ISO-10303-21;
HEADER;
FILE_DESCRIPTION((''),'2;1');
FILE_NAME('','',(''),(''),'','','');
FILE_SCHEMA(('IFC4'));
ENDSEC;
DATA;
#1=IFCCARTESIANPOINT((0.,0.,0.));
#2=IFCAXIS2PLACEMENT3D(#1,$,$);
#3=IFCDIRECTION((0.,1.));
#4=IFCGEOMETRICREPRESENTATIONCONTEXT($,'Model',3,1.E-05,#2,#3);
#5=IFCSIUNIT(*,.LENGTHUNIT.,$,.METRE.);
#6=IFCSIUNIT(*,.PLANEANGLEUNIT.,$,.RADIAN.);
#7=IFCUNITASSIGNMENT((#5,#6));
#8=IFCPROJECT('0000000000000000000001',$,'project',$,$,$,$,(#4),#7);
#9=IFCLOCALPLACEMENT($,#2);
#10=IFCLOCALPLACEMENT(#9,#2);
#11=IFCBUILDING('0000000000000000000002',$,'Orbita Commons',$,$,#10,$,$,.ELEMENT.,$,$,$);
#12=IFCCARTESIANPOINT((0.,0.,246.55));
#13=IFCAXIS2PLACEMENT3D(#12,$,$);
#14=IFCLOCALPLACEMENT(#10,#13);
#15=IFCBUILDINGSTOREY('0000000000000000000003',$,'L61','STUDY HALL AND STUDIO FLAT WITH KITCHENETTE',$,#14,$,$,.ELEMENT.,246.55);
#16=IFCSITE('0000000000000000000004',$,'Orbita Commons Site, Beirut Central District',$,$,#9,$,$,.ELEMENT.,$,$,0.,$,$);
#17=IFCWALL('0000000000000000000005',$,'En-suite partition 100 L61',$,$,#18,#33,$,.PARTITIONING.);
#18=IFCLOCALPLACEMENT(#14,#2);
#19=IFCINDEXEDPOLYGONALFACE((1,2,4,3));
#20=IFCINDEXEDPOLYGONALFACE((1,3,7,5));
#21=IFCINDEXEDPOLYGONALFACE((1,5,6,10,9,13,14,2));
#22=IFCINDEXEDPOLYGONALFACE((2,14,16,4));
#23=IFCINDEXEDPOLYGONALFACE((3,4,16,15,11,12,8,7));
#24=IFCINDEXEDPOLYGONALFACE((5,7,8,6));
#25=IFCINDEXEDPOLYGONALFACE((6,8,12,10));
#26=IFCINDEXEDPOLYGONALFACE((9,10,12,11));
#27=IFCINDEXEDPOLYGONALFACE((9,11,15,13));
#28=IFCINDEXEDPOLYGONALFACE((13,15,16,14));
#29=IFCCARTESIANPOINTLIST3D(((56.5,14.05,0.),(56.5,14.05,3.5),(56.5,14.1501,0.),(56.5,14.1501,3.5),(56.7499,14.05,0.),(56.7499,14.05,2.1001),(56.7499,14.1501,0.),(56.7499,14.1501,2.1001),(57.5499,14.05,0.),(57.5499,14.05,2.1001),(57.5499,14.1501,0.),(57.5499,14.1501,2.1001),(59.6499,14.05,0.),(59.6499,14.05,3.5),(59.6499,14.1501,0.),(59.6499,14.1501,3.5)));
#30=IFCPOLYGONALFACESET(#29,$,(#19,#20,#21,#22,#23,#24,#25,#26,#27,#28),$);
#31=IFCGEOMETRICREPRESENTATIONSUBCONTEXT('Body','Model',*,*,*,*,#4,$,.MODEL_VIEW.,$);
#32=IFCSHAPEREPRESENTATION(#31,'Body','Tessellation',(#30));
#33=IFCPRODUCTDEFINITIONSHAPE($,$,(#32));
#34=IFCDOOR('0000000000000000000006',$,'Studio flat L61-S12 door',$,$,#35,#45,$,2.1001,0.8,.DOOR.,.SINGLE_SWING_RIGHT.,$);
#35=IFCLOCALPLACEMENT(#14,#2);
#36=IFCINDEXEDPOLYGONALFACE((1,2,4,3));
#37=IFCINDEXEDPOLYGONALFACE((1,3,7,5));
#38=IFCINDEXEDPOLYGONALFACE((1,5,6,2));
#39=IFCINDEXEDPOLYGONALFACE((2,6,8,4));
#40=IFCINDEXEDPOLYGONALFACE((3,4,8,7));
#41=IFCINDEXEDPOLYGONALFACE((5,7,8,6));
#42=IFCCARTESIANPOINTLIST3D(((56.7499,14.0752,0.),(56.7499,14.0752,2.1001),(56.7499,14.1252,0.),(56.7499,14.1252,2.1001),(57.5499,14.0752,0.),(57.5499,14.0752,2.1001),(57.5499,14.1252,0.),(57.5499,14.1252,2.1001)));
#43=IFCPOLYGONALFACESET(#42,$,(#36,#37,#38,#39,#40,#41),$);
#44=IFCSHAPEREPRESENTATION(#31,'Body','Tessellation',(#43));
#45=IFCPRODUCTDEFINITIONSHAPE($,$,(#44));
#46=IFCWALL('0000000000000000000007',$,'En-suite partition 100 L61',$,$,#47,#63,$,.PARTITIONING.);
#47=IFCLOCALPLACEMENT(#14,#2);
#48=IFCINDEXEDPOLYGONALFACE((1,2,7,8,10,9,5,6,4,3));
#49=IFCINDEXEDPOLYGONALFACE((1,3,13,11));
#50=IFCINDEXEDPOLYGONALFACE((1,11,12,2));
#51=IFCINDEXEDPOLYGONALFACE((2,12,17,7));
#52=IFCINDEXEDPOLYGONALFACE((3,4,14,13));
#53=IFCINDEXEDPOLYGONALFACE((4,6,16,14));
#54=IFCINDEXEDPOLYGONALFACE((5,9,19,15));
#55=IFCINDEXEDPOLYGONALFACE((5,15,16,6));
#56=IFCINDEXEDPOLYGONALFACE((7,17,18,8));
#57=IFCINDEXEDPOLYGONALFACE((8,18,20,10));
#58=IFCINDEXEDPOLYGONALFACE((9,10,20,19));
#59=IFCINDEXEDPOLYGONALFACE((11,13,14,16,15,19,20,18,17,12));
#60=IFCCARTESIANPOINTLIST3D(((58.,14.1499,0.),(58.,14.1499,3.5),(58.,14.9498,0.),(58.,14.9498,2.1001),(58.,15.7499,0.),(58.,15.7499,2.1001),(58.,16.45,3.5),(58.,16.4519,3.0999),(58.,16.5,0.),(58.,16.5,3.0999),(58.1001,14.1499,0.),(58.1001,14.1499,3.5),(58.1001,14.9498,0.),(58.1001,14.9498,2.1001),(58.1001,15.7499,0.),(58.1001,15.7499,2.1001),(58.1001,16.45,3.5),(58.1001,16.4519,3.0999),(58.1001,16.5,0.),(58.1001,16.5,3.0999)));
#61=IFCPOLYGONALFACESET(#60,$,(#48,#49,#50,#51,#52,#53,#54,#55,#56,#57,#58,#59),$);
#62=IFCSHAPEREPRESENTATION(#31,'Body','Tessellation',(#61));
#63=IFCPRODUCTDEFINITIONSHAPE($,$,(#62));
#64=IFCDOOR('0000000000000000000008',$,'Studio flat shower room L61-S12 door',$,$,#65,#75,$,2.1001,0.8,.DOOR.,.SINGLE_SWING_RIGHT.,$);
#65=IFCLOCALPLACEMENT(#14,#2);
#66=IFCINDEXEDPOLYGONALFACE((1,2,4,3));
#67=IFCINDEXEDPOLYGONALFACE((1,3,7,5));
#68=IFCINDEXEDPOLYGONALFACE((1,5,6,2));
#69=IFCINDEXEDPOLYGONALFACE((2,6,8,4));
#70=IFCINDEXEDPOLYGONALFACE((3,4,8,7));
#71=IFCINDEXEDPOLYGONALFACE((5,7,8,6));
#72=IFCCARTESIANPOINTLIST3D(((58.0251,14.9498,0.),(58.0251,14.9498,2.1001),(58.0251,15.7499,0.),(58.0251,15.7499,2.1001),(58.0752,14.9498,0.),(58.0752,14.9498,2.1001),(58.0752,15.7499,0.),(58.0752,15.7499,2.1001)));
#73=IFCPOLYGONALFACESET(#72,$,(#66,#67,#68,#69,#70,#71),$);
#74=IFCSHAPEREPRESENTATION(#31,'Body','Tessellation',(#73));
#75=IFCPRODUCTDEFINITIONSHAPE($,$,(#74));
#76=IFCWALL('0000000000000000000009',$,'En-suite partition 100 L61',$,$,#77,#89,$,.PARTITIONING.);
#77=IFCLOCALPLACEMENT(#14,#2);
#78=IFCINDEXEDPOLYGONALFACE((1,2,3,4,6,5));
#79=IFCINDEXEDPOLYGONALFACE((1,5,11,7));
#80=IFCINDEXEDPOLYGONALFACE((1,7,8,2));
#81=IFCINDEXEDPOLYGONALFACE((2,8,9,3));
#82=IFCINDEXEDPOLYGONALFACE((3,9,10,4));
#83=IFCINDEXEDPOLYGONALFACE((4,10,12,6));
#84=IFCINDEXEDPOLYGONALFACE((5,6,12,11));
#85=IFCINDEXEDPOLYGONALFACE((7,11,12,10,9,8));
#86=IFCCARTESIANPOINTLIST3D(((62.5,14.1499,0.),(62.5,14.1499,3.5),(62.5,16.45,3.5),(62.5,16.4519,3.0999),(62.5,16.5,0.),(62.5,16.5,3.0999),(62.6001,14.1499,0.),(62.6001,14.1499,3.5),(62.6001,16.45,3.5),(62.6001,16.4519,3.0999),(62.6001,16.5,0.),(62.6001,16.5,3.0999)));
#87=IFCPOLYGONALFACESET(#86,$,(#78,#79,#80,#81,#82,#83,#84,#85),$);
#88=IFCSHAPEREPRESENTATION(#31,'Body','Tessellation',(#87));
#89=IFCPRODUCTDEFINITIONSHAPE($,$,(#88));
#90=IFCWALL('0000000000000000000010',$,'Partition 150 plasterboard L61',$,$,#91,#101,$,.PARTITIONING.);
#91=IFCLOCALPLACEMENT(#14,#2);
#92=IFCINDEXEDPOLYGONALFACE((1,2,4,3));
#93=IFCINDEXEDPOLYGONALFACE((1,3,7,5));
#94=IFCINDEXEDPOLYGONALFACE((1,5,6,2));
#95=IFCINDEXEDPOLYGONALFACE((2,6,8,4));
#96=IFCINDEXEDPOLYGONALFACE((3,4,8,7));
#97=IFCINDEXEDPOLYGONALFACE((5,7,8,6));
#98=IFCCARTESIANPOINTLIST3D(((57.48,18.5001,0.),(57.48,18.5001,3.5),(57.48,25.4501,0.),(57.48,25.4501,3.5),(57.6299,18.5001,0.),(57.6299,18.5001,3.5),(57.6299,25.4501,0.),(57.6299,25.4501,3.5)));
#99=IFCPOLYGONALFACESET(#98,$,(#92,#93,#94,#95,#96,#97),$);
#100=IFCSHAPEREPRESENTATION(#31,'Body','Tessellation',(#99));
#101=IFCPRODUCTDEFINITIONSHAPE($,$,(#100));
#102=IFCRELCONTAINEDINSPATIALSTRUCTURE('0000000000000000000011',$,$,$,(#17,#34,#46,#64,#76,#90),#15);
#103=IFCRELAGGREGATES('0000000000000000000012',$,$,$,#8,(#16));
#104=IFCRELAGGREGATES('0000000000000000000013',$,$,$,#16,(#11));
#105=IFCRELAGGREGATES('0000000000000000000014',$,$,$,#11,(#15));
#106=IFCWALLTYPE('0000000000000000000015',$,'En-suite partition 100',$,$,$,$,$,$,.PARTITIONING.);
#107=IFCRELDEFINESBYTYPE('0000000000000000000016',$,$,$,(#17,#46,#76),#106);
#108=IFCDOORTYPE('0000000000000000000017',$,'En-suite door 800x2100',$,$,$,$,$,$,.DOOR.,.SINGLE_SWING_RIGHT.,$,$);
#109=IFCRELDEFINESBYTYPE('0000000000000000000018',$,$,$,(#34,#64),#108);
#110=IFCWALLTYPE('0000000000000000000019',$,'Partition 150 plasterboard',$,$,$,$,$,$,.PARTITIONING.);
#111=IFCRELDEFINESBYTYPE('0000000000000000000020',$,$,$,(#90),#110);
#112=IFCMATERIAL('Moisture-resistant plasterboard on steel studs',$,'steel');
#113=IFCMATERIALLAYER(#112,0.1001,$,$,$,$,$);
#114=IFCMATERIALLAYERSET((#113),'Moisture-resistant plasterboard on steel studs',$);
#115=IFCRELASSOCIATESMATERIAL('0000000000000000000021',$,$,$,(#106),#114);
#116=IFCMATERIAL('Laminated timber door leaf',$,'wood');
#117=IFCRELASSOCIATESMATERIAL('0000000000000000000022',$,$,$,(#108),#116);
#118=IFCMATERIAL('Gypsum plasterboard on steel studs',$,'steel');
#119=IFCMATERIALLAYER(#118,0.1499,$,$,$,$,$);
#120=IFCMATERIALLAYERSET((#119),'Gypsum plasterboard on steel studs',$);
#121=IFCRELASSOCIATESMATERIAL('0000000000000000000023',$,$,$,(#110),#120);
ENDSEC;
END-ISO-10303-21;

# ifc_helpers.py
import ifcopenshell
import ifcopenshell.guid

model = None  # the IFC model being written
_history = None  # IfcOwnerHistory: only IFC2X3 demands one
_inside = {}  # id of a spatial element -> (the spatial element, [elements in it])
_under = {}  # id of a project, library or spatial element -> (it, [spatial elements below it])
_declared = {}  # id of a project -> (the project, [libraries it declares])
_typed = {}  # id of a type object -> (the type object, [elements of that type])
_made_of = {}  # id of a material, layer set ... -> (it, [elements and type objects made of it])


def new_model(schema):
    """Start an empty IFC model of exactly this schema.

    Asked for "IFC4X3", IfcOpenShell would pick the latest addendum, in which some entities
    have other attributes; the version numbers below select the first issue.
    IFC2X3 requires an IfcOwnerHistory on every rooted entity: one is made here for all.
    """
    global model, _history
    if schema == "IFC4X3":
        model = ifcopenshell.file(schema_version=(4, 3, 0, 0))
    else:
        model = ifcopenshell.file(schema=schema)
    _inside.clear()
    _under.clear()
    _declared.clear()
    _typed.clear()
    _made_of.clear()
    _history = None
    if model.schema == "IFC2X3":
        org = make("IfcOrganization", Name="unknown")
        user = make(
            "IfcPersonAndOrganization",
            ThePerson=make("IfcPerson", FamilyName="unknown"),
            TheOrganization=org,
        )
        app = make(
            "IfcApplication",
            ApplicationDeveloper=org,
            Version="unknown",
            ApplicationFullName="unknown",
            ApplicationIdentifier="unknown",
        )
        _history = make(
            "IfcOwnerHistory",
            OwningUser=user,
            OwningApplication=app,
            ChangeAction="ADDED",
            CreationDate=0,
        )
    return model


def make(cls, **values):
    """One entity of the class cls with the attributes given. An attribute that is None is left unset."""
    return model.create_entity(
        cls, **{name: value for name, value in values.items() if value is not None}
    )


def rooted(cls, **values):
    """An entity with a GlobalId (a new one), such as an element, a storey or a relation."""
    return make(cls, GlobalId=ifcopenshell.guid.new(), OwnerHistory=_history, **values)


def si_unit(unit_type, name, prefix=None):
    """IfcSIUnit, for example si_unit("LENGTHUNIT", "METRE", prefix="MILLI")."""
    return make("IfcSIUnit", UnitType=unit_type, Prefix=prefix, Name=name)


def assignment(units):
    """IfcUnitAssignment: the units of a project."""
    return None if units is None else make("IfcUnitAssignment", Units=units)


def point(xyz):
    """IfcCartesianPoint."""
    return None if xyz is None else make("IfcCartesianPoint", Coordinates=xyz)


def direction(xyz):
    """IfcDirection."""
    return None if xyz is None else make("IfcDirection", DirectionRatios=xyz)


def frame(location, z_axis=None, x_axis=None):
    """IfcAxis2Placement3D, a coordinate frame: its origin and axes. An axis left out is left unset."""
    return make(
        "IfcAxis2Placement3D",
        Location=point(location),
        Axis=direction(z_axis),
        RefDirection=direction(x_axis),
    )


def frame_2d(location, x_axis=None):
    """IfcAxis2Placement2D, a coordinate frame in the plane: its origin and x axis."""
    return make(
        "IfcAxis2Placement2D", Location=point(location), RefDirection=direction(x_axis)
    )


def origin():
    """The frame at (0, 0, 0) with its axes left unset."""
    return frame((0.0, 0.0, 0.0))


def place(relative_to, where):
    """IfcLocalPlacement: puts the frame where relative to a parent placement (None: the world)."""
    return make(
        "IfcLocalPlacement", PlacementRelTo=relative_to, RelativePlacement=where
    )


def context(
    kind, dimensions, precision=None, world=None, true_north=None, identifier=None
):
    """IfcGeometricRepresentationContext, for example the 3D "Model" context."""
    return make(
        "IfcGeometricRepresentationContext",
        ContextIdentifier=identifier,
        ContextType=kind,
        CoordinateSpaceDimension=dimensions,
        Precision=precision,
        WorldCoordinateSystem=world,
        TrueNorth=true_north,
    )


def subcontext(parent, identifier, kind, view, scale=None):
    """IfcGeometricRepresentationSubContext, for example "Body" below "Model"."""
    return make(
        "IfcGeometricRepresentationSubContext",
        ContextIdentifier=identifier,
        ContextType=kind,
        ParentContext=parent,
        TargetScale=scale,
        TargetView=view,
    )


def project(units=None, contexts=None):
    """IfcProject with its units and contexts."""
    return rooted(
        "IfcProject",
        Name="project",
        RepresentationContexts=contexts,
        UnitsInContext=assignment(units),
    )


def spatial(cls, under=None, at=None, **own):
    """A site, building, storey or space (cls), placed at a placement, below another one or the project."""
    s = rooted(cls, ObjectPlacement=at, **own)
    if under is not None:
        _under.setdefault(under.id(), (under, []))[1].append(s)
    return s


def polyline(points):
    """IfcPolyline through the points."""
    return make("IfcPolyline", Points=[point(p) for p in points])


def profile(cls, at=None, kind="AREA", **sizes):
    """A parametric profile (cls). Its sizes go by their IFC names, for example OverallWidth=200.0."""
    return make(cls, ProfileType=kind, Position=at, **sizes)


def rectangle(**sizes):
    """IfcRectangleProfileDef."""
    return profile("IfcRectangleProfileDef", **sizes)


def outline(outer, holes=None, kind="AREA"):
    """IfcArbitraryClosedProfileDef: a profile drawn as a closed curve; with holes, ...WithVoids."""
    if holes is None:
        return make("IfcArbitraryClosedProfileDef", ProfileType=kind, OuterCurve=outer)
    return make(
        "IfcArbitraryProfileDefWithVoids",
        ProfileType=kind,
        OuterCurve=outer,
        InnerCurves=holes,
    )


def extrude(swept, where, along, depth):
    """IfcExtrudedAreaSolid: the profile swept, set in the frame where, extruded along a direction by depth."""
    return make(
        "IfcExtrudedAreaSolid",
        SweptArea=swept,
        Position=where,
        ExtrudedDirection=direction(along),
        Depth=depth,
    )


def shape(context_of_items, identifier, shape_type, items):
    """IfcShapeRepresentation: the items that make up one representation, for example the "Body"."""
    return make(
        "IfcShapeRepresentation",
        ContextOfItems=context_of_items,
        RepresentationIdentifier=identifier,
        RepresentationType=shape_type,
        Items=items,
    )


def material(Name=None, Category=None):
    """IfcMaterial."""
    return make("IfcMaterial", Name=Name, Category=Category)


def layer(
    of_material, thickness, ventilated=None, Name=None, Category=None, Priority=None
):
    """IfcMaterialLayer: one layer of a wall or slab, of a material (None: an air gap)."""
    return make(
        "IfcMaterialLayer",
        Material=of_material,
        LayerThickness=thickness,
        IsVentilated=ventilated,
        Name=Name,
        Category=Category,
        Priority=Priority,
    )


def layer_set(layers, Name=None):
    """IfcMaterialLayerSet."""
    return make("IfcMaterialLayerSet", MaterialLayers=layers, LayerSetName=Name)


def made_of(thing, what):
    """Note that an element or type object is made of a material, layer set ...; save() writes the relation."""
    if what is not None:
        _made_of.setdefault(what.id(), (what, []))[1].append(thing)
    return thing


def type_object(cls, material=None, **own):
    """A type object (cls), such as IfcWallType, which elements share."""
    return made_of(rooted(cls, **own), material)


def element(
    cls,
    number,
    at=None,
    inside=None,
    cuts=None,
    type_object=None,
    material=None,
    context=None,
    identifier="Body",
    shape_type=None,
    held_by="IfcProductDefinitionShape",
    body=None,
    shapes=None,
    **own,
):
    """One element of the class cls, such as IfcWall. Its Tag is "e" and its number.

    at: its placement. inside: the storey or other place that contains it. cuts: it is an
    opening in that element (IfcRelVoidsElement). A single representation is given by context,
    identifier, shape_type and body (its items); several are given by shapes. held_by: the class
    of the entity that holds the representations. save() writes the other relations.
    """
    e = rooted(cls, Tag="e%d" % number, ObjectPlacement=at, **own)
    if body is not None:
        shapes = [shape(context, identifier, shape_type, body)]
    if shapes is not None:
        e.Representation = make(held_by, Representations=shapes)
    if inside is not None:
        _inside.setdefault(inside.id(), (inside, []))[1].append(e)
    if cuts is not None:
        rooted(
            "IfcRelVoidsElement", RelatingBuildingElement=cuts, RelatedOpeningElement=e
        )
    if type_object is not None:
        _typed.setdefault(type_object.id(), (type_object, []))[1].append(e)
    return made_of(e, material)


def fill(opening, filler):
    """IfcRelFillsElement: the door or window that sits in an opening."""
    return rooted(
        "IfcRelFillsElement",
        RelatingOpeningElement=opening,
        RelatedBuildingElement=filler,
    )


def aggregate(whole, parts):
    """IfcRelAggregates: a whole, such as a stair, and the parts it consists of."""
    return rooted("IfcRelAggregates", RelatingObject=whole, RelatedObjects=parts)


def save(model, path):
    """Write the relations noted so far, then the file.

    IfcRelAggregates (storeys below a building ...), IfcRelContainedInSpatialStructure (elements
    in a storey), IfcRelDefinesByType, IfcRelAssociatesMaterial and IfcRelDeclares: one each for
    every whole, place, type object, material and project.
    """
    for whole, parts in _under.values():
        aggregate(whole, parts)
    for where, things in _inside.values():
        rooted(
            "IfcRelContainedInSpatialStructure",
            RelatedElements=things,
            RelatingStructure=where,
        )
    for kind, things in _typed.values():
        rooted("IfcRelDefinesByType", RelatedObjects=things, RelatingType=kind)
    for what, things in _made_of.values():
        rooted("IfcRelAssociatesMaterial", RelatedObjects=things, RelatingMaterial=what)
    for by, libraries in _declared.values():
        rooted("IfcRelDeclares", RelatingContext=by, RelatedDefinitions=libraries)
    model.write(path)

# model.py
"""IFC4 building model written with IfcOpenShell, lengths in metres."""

from ifc_helpers import new_model, si_unit, direction, frame, frame_2d, origin, place, context, subcontext, project, spatial, polyline, rectangle, outline, extrude, material, layer, layer_set, type_object, element, fill, save


model = new_model("IFC4")

# Units and contexts
model_context = context("Model", 3, precision=1e-05, world=origin(), true_north=direction((0.0, 1.0)))
body_context = subcontext(model_context, "Body", "Model", "MODEL_VIEW")
ifc_project = project(units=[si_unit("LENGTHUNIT", "METRE"), si_unit("PLANEANGLEUNIT", "RADIAN")], contexts=[model_context])

# Site, building, storey
site_placement = place(None, origin())
site = spatial("IfcSite", under=ifc_project, at=site_placement, Name="Orbita Commons Site, Beirut Central District", CompositionType="ELEMENT", RefElevation=0.0)
building_placement = place(site_placement, origin())
building = spatial("IfcBuilding", under=site, at=building_placement, Name="Orbita Commons", CompositionType="ELEMENT")
storey_placement = place(building_placement, frame((0.0, 0.0, 246.55)))
storey = spatial("IfcBuildingStorey", under=building, at=storey_placement, Name="L61", Description="STUDY HALL AND STUDIO FLAT WITH KITCHENETTE", CompositionType="ELEMENT", Elevation=246.55)

# Walls, openings, doors
ifc_material_1 = material(Name="Moisture-resistant plasterboard on steel studs", Category="steel")
ifc_layer_1 = layer(ifc_material_1, 0.1001)
ifc_layer_set_1 = layer_set([ifc_layer_1], Name="Moisture-resistant plasterboard on steel studs")
wall_type_1 = type_object("IfcWallType", Name="En-suite partition 100", PredefinedType="PARTITIONING", material=ifc_layer_set_1)
wall_1_placement = place(storey_placement, frame((59.6499, 14.1001, 0.0), z_axis=(0.0, 0.0, 1.0), x_axis=(-1.0, 0.0, 0.0)))
wall_1 = element("IfcWall", 1, at=wall_1_placement, inside=storey, type_object=wall_type_1, Name="En-suite partition 100 L61", PredefinedType="PARTITIONING", context=body_context, shape_type="SweptSolid", body=[
    extrude(rectangle(XDim=3.1499, YDim=0.1001, at=frame_2d((1.575, 0.0))), origin(), (0.0, 0.0, 1.0), 3.5),
])
opening_1_placement = place(wall_1_placement, frame((2.1001, 0.0, 0.0)))
opening_1 = element("IfcOpeningElement", 2, at=opening_1_placement, cuts=wall_1, PredefinedType="OPENING", context=body_context, shape_type="SweptSolid", body=[
    extrude(rectangle(XDim=0.8, YDim=2.1001, at=frame_2d((0.3999, 1.05))), frame((0.0, 0.0601, 0.0), z_axis=(0.0, -1.0, 0.0), x_axis=(1.0, 0.0, 0.0)), (0.0, 0.0, 1.0), 0.1201),
])
ifc_material_2 = material(Name="Laminated timber door leaf", Category="wood")
door_type_1 = type_object("IfcDoorType", Name="En-suite door 800x2100", OperationType="SINGLE_SWING_RIGHT", PredefinedType="DOOR", material=ifc_material_2)
door_1_placement = place(opening_1_placement, origin())
door_1 = element("IfcDoor", 3, at=door_1_placement, inside=storey, type_object=door_type_1, Name="Studio flat L61-S12 door", OperationType="SINGLE_SWING_RIGHT", OverallHeight=2.1001, OverallWidth=0.8, PredefinedType="DOOR", context=body_context, shape_type="SweptSolid", body=[
    extrude(rectangle(XDim=0.8, YDim=2.1001, at=frame_2d((0.3999, 1.05))), frame((0.0, 0.0249, 0.0), z_axis=(0.0, -1.0, 0.0), x_axis=(1.0, 0.0, 0.0)), (0.0, 0.0, 1.0), 0.05),
])
fill(opening_1, door_1)
wall_2_placement = place(storey_placement, frame((58.05, 14.1499, 0.0), z_axis=(0.0, 0.0, 1.0), x_axis=(0.0, 1.0, 0.0)))
wall_2 = element("IfcWall", 4, at=wall_2_placement, inside=storey, type_object=wall_type_1, Name="En-suite partition 100 L61", PredefinedType="PARTITIONING", context=body_context, shape_type="SweptSolid", body=[
    extrude(outline(polyline([(0.0, 0.0), (2.3501, 0.0), (2.3501, 3.0999), (2.302, 3.0999), (2.3, 3.5), (0.0, 3.5), (0.0, 0.0)])), frame((0.0, 0.05, 0.0), z_axis=(0.0, -1.0, 0.0), x_axis=(1.0, 0.0, 0.0)), (0.0, 0.0, 1.0), 0.1001),
])
opening_2_placement = place(wall_2_placement, frame((0.8, 0.0, 0.0)))
opening_2 = element("IfcOpeningElement", 5, at=opening_2_placement, cuts=wall_2, PredefinedType="OPENING", context=body_context, shape_type="SweptSolid", body=[
    extrude(rectangle(XDim=0.8, YDim=2.1001, at=frame_2d((0.3999, 1.05))), frame((0.0, 0.0601, 0.0), z_axis=(0.0, -1.0, 0.0), x_axis=(1.0, 0.0, 0.0)), (0.0, 0.0, 1.0), 0.1201),
])
door_2_placement = place(opening_2_placement, origin())
door_2 = element("IfcDoor", 6, at=door_2_placement, inside=storey, type_object=door_type_1, Name="Studio flat shower room L61-S12 door", OperationType="SINGLE_SWING_RIGHT", OverallHeight=2.1001, OverallWidth=0.8, PredefinedType="DOOR", context=body_context, shape_type="SweptSolid", body=[
    extrude(rectangle(XDim=0.8, YDim=2.1001, at=frame_2d((0.3999, 1.05))), frame((0.0, 0.0249, 0.0), z_axis=(0.0, -1.0, 0.0), x_axis=(1.0, 0.0, 0.0)), (0.0, 0.0, 1.0), 0.05),
])
fill(opening_2, door_2)

# Walls
wall_3_placement = place(storey_placement, frame((62.55, 14.1499, 0.0), z_axis=(0.0, 0.0, 1.0), x_axis=(0.0, 1.0, 0.0)))
element("IfcWall", 7, at=wall_3_placement, inside=storey, type_object=wall_type_1, Name="En-suite partition 100 L61", PredefinedType="PARTITIONING", context=body_context, shape_type="SweptSolid", body=[
    extrude(outline(polyline([(0.0, 0.0), (2.3501, 0.0), (2.3501, 3.0999), (2.302, 3.0999), (2.3, 3.5), (0.0, 3.5), (0.0, 0.0)])), frame((0.0, 0.05, 0.0), z_axis=(0.0, -1.0, 0.0), x_axis=(1.0, 0.0, 0.0)), (0.0, 0.0, 1.0), 0.1001),
])
ifc_material_3 = material(Name="Gypsum plasterboard on steel studs", Category="steel")
ifc_layer_2 = layer(ifc_material_3, 0.1499)
ifc_layer_set_2 = layer_set([ifc_layer_2], Name="Gypsum plasterboard on steel studs")
wall_type_2 = type_object("IfcWallType", Name="Partition 150 plasterboard", PredefinedType="PARTITIONING", material=ifc_layer_set_2)
wall_4_placement = place(storey_placement, frame((57.5549, 18.5, 0.0), z_axis=(0.0, 0.0, 1.0), x_axis=(0.0, 1.0, 0.0)))
element("IfcWall", 8, at=wall_4_placement, inside=storey, type_object=wall_type_2, Name="Partition 150 plasterboard L61", PredefinedType="PARTITIONING", context=body_context, shape_type="SweptSolid", body=[
    extrude(rectangle(XDim=6.95, YDim=0.1499, at=frame_2d((3.4751, 0.0))), origin(), (0.0, 0.0, 1.0), 3.5),
])

save(model, "model.ifc")
